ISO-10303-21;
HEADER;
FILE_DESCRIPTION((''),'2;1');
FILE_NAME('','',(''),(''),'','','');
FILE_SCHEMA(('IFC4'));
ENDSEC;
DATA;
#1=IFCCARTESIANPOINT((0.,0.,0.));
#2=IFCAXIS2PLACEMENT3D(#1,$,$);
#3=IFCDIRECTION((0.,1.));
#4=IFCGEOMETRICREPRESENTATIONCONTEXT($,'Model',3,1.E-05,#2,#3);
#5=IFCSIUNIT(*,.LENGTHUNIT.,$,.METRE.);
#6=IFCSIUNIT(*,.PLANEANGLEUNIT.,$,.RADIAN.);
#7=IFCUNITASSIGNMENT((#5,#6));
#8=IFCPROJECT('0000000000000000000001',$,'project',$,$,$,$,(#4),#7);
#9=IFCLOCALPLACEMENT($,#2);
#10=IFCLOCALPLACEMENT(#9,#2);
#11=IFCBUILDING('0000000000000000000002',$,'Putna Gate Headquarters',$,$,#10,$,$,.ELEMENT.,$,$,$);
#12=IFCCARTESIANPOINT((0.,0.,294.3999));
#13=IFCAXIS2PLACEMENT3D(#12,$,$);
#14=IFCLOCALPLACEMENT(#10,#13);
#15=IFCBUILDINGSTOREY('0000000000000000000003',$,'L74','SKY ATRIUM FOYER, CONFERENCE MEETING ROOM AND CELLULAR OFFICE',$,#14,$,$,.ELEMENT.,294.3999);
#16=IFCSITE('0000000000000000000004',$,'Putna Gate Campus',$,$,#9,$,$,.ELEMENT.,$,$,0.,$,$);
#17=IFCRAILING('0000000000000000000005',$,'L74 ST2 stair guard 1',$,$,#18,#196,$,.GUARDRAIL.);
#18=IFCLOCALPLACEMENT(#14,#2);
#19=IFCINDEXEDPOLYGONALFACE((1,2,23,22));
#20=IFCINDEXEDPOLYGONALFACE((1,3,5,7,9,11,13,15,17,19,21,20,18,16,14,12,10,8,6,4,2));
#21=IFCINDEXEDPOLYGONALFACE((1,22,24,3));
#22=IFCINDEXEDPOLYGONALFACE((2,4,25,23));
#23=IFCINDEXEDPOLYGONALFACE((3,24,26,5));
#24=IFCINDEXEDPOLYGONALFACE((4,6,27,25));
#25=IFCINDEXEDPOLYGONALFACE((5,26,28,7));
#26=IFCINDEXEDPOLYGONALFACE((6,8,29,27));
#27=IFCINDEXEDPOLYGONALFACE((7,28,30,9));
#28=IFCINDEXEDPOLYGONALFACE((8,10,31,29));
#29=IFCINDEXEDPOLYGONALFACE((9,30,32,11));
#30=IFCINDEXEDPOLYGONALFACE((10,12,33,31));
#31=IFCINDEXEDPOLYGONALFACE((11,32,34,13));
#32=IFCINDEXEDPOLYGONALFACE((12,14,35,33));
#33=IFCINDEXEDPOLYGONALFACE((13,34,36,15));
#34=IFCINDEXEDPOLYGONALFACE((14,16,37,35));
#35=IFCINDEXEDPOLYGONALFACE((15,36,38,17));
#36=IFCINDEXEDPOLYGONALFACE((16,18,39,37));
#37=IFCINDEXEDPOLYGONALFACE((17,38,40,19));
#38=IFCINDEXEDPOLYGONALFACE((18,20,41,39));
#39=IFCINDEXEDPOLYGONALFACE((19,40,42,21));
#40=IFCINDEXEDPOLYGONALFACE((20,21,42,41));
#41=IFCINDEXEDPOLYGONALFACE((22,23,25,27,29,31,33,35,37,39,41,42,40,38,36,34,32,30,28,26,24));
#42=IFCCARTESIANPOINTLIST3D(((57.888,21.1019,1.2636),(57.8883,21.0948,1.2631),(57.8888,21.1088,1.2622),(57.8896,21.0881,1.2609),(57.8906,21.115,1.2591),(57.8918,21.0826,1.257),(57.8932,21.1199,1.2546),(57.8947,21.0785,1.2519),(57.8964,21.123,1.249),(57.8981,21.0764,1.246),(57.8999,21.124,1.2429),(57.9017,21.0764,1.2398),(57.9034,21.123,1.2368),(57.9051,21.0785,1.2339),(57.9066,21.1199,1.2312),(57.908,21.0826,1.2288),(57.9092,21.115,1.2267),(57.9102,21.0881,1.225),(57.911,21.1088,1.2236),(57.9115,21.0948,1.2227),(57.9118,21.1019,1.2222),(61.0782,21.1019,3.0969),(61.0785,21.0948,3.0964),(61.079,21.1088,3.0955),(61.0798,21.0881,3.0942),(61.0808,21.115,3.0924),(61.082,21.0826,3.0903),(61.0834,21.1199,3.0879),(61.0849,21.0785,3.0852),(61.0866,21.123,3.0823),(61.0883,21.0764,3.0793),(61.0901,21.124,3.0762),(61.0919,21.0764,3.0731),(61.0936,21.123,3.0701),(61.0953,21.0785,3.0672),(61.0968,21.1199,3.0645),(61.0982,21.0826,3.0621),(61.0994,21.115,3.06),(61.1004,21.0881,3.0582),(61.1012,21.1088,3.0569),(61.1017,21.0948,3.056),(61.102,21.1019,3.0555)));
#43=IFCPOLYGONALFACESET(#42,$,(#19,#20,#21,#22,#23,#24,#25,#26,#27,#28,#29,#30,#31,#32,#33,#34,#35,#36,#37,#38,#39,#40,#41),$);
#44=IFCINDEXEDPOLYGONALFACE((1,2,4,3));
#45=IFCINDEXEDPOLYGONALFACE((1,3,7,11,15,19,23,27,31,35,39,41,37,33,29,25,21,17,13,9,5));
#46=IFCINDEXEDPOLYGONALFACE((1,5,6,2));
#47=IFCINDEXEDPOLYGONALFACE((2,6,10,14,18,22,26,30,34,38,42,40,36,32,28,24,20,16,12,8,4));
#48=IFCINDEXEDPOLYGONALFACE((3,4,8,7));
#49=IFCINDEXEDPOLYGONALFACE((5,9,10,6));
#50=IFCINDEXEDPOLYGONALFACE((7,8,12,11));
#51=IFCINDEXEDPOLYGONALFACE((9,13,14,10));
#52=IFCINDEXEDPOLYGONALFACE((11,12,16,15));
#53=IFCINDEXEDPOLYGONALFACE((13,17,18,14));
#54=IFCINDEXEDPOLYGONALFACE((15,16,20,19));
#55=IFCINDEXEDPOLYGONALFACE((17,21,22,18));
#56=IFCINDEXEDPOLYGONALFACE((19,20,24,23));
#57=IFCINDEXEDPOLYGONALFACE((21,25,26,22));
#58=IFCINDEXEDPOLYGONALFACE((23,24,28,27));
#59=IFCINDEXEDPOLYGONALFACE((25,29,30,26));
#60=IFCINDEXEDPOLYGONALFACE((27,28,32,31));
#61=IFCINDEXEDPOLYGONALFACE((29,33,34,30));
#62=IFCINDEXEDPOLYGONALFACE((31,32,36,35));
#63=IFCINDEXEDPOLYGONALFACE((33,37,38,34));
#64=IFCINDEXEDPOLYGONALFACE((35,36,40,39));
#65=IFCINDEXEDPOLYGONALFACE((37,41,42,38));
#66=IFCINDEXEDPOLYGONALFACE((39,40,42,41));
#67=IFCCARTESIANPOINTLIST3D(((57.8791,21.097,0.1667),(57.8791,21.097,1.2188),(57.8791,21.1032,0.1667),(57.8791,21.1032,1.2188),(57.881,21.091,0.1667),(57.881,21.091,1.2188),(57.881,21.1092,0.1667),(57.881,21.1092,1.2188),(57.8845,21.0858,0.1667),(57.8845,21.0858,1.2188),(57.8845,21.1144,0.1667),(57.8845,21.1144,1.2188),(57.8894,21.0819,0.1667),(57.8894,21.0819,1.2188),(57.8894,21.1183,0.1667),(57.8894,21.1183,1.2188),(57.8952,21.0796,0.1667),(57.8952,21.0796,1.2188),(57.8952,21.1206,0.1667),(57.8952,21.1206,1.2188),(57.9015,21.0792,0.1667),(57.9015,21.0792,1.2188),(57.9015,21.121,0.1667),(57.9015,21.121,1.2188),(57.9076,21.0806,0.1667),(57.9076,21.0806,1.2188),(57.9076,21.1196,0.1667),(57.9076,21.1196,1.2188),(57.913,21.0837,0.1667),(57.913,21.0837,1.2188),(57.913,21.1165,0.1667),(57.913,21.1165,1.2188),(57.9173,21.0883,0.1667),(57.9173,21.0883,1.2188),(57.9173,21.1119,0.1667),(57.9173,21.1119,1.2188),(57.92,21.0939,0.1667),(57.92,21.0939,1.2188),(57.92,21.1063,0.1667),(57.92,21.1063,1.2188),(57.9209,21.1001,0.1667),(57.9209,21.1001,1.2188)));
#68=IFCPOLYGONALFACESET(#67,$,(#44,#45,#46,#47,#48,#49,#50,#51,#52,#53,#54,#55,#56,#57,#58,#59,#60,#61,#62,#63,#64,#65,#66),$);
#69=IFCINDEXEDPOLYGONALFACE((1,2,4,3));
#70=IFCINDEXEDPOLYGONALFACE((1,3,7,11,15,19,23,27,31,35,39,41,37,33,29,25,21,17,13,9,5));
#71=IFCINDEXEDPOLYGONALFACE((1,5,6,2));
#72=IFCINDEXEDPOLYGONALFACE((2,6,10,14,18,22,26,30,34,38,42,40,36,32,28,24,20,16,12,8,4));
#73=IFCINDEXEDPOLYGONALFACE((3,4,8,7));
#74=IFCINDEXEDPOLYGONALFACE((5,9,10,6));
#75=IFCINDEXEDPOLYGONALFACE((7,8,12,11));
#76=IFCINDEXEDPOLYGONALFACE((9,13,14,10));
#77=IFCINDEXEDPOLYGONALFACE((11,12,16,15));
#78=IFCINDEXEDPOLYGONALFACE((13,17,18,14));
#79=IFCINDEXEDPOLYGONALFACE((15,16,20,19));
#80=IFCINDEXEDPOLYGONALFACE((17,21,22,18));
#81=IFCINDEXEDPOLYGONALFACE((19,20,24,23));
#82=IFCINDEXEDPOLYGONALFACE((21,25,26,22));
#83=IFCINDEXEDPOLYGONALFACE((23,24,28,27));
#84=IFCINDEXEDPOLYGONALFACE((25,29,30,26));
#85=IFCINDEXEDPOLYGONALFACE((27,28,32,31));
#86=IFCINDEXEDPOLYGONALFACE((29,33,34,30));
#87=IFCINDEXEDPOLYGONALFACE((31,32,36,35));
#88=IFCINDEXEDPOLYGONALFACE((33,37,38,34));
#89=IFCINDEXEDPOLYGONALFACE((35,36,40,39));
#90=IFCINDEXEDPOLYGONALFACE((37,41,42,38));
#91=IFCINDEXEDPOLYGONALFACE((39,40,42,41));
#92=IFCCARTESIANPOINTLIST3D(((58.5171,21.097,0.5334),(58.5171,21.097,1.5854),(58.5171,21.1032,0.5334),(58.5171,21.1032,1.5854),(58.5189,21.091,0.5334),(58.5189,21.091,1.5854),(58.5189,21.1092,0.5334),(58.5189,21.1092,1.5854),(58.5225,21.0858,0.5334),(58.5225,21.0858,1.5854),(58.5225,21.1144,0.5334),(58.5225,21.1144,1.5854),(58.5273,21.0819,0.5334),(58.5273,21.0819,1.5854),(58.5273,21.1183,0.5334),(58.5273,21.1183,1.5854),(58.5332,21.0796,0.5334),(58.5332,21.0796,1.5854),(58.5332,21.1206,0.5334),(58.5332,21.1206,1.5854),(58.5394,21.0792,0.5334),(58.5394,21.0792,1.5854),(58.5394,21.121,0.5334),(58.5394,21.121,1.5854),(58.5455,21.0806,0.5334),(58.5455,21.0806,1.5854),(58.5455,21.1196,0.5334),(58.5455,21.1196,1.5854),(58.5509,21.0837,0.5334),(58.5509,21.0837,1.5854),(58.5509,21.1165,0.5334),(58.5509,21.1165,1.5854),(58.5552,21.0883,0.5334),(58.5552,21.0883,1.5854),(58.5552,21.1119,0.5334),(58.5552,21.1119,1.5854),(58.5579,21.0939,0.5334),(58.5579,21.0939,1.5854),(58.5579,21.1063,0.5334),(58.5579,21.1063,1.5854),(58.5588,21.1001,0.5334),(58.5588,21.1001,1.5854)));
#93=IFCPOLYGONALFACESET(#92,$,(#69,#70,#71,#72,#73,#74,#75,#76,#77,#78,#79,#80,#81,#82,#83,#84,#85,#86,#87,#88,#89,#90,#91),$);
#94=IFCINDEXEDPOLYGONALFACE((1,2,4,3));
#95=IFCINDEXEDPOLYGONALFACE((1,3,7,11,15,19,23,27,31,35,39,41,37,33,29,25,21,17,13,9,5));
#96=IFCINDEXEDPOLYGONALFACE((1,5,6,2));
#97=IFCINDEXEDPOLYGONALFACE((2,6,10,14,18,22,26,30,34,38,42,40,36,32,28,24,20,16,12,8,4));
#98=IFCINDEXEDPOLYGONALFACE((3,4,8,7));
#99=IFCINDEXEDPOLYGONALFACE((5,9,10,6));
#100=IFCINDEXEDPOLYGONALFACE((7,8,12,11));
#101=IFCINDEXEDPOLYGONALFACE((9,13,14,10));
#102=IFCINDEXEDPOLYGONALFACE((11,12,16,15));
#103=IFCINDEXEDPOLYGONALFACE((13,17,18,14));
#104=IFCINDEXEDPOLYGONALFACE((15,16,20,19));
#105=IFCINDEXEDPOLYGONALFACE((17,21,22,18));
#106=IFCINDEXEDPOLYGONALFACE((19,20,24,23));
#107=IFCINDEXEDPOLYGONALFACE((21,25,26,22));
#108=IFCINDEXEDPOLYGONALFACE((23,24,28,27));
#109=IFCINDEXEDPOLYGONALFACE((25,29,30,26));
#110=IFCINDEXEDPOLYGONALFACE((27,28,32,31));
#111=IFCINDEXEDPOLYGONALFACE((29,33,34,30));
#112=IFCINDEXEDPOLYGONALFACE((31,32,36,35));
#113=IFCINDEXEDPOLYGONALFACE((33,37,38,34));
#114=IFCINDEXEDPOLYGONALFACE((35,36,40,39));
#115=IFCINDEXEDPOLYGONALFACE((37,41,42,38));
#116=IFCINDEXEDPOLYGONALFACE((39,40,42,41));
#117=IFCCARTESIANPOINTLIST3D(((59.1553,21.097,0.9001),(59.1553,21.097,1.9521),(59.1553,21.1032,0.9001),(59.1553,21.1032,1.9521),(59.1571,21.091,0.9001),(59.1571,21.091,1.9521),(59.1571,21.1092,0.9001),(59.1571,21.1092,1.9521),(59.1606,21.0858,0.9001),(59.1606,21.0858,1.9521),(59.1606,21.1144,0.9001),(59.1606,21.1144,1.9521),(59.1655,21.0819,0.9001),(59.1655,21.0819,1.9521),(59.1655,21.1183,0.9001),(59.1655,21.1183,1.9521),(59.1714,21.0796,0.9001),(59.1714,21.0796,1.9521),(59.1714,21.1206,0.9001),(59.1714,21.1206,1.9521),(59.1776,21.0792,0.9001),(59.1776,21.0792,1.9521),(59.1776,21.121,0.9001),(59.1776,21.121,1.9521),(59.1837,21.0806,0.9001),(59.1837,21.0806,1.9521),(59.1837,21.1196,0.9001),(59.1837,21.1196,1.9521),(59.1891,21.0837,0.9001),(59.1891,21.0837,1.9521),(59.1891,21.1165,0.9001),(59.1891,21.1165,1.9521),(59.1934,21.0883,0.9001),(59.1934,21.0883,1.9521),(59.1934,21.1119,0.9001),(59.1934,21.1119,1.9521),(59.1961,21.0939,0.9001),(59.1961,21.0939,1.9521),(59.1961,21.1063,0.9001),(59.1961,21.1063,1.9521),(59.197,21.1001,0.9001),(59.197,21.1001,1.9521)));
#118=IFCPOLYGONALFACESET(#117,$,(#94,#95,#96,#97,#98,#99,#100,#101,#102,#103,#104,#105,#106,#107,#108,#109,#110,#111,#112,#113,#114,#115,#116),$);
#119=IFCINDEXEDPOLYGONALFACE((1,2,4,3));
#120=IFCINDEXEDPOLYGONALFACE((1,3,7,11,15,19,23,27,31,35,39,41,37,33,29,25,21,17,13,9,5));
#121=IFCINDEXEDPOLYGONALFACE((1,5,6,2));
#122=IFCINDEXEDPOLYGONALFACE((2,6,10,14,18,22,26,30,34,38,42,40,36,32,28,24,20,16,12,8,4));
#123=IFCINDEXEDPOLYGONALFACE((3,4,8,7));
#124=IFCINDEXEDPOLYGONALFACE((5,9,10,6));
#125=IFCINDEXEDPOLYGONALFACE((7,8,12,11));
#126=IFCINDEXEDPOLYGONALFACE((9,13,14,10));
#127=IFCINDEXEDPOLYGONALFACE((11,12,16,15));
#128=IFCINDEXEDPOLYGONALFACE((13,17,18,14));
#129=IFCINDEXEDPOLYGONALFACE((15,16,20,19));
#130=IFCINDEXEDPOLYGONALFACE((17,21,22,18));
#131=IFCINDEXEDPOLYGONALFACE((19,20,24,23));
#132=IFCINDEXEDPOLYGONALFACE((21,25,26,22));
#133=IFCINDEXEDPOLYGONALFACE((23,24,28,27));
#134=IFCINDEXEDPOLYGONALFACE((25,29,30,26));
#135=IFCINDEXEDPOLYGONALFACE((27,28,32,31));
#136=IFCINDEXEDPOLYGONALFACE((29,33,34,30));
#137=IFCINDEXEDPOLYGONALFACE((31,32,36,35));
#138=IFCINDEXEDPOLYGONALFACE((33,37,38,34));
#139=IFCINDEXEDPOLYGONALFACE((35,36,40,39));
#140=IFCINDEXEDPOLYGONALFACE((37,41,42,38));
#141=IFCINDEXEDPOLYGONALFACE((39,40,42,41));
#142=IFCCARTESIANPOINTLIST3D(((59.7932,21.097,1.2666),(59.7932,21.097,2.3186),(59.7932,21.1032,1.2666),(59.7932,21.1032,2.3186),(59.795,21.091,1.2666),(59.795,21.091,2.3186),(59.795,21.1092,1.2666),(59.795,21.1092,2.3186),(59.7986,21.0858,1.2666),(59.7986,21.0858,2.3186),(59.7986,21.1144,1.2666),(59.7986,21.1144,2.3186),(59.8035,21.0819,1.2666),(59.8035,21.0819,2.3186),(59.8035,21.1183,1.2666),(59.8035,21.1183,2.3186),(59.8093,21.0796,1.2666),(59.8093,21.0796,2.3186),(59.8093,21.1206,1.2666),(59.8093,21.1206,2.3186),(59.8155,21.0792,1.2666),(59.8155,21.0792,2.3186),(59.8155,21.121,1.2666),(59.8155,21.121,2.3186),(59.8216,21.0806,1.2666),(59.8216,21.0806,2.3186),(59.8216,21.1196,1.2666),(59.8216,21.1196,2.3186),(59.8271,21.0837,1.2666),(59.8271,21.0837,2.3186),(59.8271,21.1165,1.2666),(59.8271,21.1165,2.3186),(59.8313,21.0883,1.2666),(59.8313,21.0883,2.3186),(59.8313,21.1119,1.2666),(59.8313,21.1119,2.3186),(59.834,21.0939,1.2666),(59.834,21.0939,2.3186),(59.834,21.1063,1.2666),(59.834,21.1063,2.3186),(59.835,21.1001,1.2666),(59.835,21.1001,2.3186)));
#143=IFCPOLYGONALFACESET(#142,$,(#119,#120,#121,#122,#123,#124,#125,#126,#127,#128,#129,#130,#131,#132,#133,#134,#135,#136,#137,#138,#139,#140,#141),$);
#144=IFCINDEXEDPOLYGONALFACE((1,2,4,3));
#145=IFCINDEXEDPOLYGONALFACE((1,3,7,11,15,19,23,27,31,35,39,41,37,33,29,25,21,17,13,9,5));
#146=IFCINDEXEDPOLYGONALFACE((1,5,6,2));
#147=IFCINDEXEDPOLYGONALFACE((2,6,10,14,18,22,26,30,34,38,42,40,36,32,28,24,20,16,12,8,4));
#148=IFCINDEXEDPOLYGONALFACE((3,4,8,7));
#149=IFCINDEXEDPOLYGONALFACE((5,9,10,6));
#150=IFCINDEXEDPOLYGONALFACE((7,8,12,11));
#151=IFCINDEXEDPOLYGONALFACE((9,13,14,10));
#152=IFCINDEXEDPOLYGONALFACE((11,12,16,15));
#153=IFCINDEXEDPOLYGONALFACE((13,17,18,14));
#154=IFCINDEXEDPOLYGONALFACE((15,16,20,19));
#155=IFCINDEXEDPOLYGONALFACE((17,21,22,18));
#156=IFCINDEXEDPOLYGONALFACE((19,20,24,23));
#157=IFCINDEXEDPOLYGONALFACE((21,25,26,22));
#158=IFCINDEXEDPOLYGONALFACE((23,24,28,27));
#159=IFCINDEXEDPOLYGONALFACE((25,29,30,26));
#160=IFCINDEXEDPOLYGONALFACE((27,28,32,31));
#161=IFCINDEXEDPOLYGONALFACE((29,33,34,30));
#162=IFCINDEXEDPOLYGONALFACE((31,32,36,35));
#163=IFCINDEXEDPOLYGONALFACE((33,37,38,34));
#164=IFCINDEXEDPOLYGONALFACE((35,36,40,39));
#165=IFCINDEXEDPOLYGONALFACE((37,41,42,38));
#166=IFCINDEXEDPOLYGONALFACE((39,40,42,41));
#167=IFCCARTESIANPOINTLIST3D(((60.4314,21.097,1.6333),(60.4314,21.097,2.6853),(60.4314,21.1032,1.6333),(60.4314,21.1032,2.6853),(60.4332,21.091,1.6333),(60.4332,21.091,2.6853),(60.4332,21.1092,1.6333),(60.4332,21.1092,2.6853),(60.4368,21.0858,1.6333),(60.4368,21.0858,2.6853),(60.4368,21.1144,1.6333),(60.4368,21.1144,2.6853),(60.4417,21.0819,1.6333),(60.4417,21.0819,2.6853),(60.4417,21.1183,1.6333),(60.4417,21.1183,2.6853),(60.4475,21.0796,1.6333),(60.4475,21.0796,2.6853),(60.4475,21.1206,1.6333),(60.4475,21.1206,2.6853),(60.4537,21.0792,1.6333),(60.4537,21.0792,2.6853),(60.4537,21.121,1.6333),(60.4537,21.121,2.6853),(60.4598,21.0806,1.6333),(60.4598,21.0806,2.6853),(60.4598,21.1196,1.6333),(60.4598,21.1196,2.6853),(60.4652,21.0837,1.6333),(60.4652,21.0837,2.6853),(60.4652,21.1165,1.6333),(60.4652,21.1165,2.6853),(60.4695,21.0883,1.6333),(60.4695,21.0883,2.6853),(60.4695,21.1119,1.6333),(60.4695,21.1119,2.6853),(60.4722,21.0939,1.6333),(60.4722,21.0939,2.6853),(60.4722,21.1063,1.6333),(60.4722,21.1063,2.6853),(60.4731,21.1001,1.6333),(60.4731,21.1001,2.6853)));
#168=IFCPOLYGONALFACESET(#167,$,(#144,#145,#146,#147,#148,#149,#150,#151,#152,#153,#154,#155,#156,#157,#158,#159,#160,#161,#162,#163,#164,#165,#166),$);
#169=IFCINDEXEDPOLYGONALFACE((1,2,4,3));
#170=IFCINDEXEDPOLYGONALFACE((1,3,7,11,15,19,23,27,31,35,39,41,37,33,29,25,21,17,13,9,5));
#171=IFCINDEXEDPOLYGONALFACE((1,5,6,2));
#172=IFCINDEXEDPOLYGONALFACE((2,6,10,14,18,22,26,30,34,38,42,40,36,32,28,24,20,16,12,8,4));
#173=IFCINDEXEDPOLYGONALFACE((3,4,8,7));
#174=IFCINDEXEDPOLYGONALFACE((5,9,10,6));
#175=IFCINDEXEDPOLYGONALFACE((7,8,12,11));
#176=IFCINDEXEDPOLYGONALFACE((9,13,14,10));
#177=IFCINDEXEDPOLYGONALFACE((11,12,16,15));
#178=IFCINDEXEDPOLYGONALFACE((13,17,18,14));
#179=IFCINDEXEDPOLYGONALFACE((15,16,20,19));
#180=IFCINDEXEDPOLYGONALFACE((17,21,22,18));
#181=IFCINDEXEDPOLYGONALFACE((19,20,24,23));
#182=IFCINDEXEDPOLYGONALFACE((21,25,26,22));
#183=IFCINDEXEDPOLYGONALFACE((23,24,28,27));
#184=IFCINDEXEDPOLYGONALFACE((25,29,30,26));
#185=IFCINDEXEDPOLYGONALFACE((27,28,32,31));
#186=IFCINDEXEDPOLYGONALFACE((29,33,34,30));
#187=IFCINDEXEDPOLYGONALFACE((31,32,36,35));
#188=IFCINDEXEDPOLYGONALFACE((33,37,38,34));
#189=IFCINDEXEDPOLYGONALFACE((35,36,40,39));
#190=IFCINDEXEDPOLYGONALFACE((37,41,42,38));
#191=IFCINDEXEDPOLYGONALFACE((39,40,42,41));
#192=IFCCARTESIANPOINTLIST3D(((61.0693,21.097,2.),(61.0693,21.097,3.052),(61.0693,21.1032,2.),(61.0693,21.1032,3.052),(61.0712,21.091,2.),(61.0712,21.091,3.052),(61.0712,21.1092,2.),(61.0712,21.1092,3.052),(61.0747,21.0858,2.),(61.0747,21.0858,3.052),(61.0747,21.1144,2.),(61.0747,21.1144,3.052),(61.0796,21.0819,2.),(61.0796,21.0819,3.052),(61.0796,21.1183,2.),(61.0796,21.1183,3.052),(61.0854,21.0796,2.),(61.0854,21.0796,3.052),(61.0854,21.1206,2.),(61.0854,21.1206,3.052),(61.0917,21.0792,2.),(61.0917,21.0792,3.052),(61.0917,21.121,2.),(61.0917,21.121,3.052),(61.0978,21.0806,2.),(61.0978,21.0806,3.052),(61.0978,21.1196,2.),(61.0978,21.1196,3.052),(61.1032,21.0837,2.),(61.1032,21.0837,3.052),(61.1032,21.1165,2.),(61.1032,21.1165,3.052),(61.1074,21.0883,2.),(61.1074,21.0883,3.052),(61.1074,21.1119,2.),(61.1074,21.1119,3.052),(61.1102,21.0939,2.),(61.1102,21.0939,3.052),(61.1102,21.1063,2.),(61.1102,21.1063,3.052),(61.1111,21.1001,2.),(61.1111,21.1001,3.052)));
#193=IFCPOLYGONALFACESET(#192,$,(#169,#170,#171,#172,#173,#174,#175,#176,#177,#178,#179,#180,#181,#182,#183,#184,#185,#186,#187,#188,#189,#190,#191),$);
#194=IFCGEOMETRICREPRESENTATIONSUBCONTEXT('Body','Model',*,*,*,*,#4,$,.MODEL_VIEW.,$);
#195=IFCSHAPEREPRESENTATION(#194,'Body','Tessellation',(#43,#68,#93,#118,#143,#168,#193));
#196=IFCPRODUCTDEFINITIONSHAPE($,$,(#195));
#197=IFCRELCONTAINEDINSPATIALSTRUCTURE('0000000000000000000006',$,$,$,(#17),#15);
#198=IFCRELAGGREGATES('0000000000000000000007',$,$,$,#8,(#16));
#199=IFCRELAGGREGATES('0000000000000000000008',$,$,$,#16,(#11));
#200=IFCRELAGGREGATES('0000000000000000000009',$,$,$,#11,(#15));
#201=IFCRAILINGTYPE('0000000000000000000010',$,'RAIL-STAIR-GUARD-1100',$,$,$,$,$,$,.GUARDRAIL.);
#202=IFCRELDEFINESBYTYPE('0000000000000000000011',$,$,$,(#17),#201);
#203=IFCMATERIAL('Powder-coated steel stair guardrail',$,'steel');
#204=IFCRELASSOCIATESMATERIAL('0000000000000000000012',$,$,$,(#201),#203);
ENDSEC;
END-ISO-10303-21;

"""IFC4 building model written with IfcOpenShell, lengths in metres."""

from ifc_helpers import new_model, si_unit, direction, frame, origin, origin_2d, place, context, subcontext, project, spatial, circle, extrude, material, type_object, element, save


model = new_model("IFC4")

# Units and contexts
model_context = context("Model", 3, precision=1e-05, world=origin(), true_north=direction((0.0, 1.0)))
body_context = subcontext(model_context, "Body", "Model", "MODEL_VIEW")
ifc_project = project(units=[si_unit("LENGTHUNIT", "METRE"), si_unit("PLANEANGLEUNIT", "RADIAN")], contexts=[model_context])

# Site, building, storey
site_placement = place(None, origin())
site = spatial("IfcSite", under=ifc_project, at=site_placement, Name="Putna Gate Campus", CompositionType="ELEMENT", RefElevation=0.0)
building_placement = place(site_placement, origin())
building = spatial("IfcBuilding", under=site, at=building_placement, Name="Putna Gate Headquarters", CompositionType="ELEMENT")
storey_placement = place(building_placement, frame((0.0, 0.0, 294.3999)))
storey = spatial("IfcBuildingStorey", under=building, at=storey_placement, Name="L74", Description="SKY ATRIUM FOYER, CONFERENCE MEETING ROOM AND CELLULAR OFFICE", CompositionType="ELEMENT", Elevation=294.3999)

# Railing
ifc_material_1 = material(Name="Powder-coated steel stair guardrail", Category="steel")
railing_type_1 = type_object("IfcRailingType", Name="RAIL-STAIR-GUARD-1100", PredefinedType="GUARDRAIL", material=ifc_material_1)
railing_1_placement = place(storey_placement, frame((57.8999, 21.1001, 0.1667)))
element("IfcRailing", 1, at=railing_1_placement, inside=storey, type_object=railing_type_1, Name="L74 ST2 stair guard 1", PredefinedType="GUARDRAIL", context=body_context, shape_type="SweptSolid", body=[
    extrude(circle(Radius=0.0239, at=origin_2d()), frame((0.0, 0.0, 1.0762), z_axis=(0.867036, 0.0, 0.498245), x_axis=(0.0, 1.0, 0.0)), (0.0, 0.0, 1.0), 3.6794),
    extrude(circle(Radius=0.021, at=origin_2d()), origin(), (0.0, 0.0, 1.0), 1.052),
    extrude(circle(Radius=0.021, at=origin_2d()), frame((0.6379, 0.0, 0.3667)), (0.0, 0.0, 1.0), 1.052),
    extrude(circle(Radius=0.021, at=origin_2d()), frame((1.2761, 0.0, 0.7334)), (0.0, 0.0, 1.0), 1.052),
    extrude(circle(Radius=0.021, at=origin_2d()), frame((1.9141, 0.0, 1.0999)), (0.0, 0.0, 1.0), 1.052),
    extrude(circle(Radius=0.021, at=origin_2d()), frame((2.5522, 0.0, 1.4666)), (0.0, 0.0, 1.0), 1.052),
    extrude(circle(Radius=0.021, at=origin_2d()), frame((3.1902, 0.0, 1.8333)), (0.0, 0.0, 1.0), 1.052),
])

save(model, "model.ifc")
